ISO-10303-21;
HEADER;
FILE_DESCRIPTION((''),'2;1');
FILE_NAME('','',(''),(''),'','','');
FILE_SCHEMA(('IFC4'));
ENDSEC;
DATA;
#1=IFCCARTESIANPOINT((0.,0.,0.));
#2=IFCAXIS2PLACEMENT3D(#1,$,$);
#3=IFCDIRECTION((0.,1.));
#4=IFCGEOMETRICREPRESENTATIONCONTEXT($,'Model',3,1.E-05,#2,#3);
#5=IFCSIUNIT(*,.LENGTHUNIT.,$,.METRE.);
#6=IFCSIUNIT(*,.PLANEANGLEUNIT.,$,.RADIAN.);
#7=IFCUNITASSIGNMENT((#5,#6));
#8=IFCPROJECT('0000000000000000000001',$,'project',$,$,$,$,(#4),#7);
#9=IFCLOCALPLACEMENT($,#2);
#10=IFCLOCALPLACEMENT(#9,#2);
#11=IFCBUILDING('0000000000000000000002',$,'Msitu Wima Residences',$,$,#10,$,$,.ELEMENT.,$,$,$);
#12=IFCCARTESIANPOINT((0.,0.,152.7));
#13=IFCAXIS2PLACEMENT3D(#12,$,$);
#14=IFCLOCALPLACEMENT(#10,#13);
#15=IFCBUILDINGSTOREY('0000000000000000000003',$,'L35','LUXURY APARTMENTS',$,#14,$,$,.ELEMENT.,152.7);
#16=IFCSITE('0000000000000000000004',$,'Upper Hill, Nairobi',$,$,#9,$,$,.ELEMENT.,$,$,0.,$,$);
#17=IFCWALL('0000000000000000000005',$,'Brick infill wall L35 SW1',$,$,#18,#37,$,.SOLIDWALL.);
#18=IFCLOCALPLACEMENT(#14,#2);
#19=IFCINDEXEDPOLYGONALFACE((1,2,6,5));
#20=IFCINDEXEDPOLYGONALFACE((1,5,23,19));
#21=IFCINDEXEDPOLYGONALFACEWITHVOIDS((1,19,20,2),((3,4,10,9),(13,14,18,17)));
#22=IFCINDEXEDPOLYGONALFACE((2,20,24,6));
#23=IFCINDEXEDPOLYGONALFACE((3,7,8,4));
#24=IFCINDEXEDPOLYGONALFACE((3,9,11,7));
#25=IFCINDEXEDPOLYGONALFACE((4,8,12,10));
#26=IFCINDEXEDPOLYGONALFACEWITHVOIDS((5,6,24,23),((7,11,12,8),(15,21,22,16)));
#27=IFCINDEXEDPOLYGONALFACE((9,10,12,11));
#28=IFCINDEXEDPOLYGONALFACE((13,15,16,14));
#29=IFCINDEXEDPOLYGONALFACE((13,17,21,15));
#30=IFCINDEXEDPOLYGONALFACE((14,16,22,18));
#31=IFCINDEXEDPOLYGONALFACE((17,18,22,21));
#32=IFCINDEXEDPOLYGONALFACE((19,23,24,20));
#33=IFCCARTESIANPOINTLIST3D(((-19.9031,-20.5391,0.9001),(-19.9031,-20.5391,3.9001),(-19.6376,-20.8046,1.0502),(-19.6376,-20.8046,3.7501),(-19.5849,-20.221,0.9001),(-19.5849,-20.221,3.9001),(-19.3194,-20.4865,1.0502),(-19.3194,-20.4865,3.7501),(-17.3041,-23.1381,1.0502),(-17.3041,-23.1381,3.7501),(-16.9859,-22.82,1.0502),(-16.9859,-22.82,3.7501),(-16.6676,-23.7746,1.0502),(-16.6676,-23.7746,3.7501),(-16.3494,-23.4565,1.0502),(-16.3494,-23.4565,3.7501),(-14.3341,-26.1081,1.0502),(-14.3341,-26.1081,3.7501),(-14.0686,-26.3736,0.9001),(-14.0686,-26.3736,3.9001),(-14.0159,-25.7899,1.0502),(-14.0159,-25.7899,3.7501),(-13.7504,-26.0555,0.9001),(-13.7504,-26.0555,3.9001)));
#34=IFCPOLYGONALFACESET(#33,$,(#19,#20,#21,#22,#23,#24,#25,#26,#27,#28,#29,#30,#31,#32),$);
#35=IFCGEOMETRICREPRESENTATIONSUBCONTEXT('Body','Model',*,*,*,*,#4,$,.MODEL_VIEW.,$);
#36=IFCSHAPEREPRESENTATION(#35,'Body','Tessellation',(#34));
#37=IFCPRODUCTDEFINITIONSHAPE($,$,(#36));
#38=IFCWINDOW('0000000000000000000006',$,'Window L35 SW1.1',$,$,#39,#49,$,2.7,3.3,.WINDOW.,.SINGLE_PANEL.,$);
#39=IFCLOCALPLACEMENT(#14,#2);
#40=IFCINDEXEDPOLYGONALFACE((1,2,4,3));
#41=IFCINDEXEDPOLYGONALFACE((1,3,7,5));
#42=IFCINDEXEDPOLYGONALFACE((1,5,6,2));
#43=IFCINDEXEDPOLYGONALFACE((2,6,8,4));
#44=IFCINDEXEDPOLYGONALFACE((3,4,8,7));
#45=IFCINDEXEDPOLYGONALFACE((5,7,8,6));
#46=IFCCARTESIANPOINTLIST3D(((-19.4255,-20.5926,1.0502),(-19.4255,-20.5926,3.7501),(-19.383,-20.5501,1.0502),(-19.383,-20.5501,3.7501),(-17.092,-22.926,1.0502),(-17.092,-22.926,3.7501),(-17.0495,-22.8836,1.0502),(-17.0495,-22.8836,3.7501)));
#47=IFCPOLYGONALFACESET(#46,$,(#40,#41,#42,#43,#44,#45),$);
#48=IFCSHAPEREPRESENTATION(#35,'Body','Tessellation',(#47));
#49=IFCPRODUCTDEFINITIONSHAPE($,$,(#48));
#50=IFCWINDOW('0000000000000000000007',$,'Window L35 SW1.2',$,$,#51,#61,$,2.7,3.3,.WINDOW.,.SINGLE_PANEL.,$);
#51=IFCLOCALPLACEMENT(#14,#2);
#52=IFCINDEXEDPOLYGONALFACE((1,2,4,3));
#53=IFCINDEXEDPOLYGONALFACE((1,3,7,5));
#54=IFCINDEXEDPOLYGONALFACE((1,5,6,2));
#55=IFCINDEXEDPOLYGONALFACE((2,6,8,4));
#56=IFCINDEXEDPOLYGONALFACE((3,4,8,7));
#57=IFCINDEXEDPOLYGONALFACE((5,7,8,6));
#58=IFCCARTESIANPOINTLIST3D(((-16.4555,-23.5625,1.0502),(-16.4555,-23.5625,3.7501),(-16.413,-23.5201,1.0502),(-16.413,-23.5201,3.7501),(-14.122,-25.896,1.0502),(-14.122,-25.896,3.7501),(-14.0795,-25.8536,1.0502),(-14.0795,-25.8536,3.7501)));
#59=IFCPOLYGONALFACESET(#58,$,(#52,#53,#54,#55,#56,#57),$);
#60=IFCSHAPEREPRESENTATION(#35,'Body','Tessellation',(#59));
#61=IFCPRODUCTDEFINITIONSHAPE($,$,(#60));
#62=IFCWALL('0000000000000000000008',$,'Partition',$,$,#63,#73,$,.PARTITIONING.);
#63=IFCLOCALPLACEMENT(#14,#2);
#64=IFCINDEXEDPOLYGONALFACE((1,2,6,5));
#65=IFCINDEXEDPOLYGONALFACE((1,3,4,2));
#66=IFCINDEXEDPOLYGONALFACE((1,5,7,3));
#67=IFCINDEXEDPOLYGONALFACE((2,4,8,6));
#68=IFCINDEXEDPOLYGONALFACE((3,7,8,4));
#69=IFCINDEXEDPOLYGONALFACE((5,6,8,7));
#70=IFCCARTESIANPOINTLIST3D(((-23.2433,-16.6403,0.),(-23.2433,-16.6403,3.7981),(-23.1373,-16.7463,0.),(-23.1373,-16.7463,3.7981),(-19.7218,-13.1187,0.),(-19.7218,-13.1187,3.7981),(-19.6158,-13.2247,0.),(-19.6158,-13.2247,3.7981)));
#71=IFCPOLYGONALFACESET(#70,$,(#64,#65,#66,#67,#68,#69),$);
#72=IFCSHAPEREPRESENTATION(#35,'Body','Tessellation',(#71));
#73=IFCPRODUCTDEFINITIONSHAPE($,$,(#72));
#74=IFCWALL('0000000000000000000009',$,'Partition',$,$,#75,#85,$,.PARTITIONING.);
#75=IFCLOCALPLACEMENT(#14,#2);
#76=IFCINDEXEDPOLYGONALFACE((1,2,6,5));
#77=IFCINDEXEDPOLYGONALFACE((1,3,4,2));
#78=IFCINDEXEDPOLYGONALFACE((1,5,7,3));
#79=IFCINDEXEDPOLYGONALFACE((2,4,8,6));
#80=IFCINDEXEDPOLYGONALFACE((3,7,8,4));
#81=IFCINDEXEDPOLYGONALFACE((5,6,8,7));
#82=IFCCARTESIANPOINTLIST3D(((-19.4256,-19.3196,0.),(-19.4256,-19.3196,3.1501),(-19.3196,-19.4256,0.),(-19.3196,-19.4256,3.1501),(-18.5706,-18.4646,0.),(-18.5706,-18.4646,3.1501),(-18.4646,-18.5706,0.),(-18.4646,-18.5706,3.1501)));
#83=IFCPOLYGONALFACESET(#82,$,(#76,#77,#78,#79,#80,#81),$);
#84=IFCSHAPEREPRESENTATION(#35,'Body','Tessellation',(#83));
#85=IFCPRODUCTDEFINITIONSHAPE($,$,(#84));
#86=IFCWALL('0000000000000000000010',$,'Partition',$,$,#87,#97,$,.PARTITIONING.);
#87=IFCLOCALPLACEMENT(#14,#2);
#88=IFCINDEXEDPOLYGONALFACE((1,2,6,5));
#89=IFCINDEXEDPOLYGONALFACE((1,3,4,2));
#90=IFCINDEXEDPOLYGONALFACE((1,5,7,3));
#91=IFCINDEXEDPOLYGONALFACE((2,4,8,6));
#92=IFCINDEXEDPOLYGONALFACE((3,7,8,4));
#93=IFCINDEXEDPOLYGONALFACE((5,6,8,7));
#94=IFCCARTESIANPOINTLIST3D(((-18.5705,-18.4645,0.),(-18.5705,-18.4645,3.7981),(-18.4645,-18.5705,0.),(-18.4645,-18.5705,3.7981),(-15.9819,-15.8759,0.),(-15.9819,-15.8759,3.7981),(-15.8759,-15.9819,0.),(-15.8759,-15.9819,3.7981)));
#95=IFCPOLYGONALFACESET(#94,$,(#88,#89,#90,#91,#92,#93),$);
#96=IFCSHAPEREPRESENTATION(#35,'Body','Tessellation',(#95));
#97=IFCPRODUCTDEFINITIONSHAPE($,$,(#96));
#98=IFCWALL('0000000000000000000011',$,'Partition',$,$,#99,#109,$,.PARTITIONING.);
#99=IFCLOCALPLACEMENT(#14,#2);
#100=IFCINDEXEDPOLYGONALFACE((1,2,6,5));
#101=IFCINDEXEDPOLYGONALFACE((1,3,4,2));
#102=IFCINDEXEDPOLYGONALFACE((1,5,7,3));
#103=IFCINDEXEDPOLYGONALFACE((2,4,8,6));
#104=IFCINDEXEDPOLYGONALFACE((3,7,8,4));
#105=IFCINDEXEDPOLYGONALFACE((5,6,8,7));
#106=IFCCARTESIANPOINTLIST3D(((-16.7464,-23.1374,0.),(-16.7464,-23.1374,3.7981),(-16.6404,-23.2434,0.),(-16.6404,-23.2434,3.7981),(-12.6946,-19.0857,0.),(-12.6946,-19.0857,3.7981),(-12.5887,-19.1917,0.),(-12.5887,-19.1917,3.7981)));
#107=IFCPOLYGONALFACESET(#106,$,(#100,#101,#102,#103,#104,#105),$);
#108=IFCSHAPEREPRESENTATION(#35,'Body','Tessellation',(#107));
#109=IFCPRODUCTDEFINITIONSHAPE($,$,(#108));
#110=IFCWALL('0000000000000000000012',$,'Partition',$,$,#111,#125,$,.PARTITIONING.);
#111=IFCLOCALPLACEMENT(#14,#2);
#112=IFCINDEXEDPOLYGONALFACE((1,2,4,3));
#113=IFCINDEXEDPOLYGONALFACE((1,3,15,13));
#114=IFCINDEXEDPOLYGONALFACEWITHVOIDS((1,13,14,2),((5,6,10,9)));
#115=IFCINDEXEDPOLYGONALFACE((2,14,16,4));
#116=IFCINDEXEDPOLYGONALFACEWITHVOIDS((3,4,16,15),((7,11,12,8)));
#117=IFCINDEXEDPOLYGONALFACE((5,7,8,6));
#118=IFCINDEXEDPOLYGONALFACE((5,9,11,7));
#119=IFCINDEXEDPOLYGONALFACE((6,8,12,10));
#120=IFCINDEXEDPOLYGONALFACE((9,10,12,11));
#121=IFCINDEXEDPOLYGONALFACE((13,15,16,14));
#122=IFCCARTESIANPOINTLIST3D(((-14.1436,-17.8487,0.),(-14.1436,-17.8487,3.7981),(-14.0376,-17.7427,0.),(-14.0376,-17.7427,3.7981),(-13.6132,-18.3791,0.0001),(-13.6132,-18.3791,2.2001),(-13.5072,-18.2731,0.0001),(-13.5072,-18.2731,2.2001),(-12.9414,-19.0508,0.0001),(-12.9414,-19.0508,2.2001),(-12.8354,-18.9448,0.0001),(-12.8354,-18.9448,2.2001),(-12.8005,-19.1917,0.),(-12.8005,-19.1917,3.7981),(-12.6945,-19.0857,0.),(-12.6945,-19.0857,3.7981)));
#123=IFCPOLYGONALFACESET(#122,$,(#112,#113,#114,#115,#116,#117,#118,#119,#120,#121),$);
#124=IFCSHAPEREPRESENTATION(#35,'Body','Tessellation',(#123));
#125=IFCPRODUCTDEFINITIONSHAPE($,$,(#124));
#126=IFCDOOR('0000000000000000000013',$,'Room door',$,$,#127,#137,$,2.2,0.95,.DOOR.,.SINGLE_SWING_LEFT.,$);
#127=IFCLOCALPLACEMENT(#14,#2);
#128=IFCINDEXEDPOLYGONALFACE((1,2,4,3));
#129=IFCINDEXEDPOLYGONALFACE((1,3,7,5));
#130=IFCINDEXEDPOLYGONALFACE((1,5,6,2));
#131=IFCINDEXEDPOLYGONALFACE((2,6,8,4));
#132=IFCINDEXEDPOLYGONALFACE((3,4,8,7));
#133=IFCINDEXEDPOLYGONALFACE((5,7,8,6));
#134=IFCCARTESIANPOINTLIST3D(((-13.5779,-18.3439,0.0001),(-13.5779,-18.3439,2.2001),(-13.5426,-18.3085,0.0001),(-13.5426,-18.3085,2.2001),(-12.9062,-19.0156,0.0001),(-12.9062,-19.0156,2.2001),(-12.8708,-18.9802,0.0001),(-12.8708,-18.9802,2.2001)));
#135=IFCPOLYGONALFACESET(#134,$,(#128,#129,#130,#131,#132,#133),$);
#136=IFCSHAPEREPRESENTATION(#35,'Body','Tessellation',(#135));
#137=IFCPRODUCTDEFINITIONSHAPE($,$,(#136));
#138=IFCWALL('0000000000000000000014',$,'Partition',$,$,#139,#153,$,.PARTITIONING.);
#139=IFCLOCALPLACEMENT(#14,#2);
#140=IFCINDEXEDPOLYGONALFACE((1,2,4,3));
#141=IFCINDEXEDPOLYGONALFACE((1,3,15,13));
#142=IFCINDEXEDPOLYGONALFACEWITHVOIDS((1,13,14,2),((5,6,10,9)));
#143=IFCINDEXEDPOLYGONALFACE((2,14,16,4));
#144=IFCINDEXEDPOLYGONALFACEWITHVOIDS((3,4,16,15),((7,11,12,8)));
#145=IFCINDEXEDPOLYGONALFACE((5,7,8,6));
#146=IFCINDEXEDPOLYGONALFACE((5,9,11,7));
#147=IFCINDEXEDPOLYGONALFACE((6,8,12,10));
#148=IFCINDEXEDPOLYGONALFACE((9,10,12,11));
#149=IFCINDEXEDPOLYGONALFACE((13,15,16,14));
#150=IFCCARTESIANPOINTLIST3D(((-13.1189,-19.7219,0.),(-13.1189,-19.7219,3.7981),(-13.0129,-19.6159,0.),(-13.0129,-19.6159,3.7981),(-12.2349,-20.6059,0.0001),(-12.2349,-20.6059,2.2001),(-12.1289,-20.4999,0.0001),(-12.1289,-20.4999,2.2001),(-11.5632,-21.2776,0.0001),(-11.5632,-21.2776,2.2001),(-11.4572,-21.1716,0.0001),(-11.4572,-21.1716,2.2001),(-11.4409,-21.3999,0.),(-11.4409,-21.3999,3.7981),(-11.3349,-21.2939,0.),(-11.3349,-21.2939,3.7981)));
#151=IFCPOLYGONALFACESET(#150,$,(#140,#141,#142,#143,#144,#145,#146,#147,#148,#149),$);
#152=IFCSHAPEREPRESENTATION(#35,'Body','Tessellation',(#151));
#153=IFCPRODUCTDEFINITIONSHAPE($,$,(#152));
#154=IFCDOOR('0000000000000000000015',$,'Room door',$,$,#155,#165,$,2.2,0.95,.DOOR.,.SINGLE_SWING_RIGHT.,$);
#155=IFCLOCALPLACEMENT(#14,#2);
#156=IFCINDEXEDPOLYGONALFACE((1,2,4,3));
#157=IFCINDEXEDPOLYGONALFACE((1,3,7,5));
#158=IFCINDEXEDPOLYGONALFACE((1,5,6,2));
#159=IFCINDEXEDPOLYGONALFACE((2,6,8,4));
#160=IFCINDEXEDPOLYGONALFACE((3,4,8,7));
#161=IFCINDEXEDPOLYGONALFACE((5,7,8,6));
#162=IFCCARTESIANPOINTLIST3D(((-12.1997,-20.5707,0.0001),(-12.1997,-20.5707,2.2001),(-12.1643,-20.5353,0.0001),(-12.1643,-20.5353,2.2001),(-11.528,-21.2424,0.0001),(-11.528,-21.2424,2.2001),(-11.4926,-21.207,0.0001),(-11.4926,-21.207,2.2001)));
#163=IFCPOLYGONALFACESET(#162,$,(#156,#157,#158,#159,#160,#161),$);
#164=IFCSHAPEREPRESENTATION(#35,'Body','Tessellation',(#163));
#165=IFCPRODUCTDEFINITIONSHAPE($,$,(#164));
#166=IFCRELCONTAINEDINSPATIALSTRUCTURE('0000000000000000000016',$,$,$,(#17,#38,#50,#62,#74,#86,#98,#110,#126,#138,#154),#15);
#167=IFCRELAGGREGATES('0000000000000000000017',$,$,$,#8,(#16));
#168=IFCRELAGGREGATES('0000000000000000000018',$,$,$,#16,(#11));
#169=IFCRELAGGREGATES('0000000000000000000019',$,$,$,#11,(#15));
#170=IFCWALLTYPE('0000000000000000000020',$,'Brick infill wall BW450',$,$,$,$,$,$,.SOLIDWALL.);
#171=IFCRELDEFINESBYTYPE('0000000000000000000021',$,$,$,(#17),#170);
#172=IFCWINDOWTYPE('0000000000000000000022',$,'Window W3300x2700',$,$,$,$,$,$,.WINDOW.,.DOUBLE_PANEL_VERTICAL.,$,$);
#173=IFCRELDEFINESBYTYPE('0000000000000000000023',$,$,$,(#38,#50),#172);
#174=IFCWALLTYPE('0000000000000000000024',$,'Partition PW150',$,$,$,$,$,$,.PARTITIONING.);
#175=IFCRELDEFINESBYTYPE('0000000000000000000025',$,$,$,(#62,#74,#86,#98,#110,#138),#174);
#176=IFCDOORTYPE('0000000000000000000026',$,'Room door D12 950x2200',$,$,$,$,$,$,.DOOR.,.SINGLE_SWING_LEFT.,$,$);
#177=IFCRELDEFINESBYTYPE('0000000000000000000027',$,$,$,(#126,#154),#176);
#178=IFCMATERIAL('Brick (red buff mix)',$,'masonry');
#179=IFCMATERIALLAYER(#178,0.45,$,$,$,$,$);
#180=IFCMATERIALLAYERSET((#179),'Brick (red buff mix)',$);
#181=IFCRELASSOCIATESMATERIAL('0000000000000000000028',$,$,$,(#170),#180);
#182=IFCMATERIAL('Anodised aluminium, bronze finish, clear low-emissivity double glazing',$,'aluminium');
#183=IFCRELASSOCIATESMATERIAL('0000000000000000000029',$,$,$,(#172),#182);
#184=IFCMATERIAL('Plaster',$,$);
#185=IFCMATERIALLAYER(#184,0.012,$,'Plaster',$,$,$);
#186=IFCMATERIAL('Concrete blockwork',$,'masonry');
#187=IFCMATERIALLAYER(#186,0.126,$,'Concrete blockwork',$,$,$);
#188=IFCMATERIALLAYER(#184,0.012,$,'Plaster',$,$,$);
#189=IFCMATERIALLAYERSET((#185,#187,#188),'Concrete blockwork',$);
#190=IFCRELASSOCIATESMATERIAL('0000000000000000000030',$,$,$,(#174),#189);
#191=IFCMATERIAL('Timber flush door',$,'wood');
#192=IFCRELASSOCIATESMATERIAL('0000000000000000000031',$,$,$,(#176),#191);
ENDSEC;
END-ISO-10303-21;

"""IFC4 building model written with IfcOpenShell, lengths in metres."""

from ifc_helpers import new_model, si_unit, direction, frame, frame_2d, origin, place, context, subcontext, project, spatial, rectangle, extrude, material, layer, layer_set, type_object, element, fill, save


model = new_model("IFC4")

# Units and contexts
model_context = context("Model", 3, precision=1e-05, world=origin(), true_north=direction((0.0, 1.0)))
body_context = subcontext(model_context, "Body", "Model", "MODEL_VIEW")
ifc_project = project(units=[si_unit("LENGTHUNIT", "METRE"), si_unit("PLANEANGLEUNIT", "RADIAN")], contexts=[model_context])

# Site, building, storey
site_placement = place(None, origin())
site = spatial("IfcSite", under=ifc_project, at=site_placement, Name="Upper Hill, Nairobi", CompositionType="ELEMENT", RefElevation=0.0)
building_placement = place(site_placement, origin())
building = spatial("IfcBuilding", under=site, at=building_placement, Name="Msitu Wima Residences", CompositionType="ELEMENT")
storey_placement = place(building_placement, frame((0.0, 0.0, 152.7)))
storey = spatial("IfcBuildingStorey", under=building, at=storey_placement, Name="L35", Description="LUXURY APARTMENTS", CompositionType="ELEMENT", Elevation=152.7)

# Wall, openings, windows
ifc_material_1 = material(Name="Brick (red buff mix)", Category="masonry")
ifc_layer_1 = layer(ifc_material_1, 0.45)
ifc_layer_set_1 = layer_set([ifc_layer_1], Name="Brick (red buff mix)")
wall_type_1 = type_object("IfcWallType", Name="Brick infill wall BW450", PredefinedType="SOLIDWALL", material=ifc_layer_set_1)
wall_1_placement = place(storey_placement, frame((-19.7439, -20.3801, 0.9001), z_axis=(0.0, 0.0, 1.0), x_axis=(0.707107, -0.707107, 0.0)))
wall_1 = element("IfcWall", 1, at=wall_1_placement, inside=storey, type_object=wall_type_1, Name="Brick infill wall L35 SW1", PredefinedType="SOLIDWALL", context=body_context, shape_type="SweptSolid", body=[
    extrude(rectangle(XDim=8.2512, YDim=0.45, at=frame_2d((4.1255, 0.0))), origin(), (0.0, 0.0, 1.0), 3.0),
])
opening_1_placement = place(wall_1_placement, frame((0.3755, 0.0, 0.1499)))
opening_1 = element("IfcOpeningElement", 2, at=opening_1_placement, cuts=wall_1, PredefinedType="OPENING", context=body_context, shape_type="SweptSolid", body=[
    extrude(rectangle(XDim=3.3, YDim=2.7, at=frame_2d((1.6499, 1.3501))), frame((0.0, 0.2349, 0.0), z_axis=(0.0, -1.0, 0.0), x_axis=(1.0, 0.0, 0.0)), (0.0, 0.0, 1.0), 0.47),
])
opening_2_placement = place(wall_1_placement, frame((4.5757, 0.0, 0.1499)))
opening_2 = element("IfcOpeningElement", 3, at=opening_2_placement, cuts=wall_1, PredefinedType="OPENING", context=body_context, shape_type="SweptSolid", body=[
    extrude(rectangle(XDim=3.3, YDim=2.7, at=frame_2d((1.6499, 1.3501))), frame((0.0, 0.2349, 0.0), z_axis=(0.0, -1.0, 0.0), x_axis=(1.0, 0.0, 0.0)), (0.0, 0.0, 1.0), 0.47),
])
ifc_material_2 = material(Name="Anodised aluminium, bronze finish, clear low-emissivity double glazing", Category="aluminium")
window_type = type_object("IfcWindowType", Name="Window W3300x2700", PartitioningType="DOUBLE_PANEL_VERTICAL", PredefinedType="WINDOW", material=ifc_material_2)
window_1_placement = place(opening_1_placement, origin())
window_1 = element("IfcWindow", 4, at=window_1_placement, inside=storey, type_object=window_type, Name="Window L35 SW1.1", OverallHeight=2.7, OverallWidth=3.3, PartitioningType="SINGLE_PANEL", PredefinedType="WINDOW", context=body_context, shape_type="SweptSolid", body=[
    extrude(rectangle(XDim=3.3, YDim=2.7, at=frame_2d((1.6499, 1.3501))), frame((0.0, 0.135, 0.0), z_axis=(0.0, -1.0, 0.0), x_axis=(1.0, 0.0, 0.0)), (0.0, 0.0, 1.0), 0.0601),
])
fill(opening_1, window_1)
window_2_placement = place(opening_2_placement, origin())
window_2 = element("IfcWindow", 5, at=window_2_placement, inside=storey, type_object=window_type, Name="Window L35 SW1.2", OverallHeight=2.7, OverallWidth=3.3, PartitioningType="SINGLE_PANEL", PredefinedType="WINDOW", context=body_context, shape_type="SweptSolid", body=[
    extrude(rectangle(XDim=3.3, YDim=2.7, at=frame_2d((1.6499, 1.3501))), frame((0.0, 0.135, 0.0), z_axis=(0.0, -1.0, 0.0), x_axis=(1.0, 0.0, 0.0)), (0.0, 0.0, 1.0), 0.0601),
])
fill(opening_2, window_2)

# Walls
ifc_material_3 = material(Name="Plaster")
ifc_layer_2 = layer(ifc_material_3, 0.012, Name="Plaster")
ifc_material_4 = material(Name="Concrete blockwork", Category="masonry")
ifc_layer_3 = layer(ifc_material_4, 0.126, Name="Concrete blockwork")
ifc_layer_4 = layer(ifc_material_3, 0.012, Name="Plaster")
ifc_layer_set_2 = layer_set([ifc_layer_2, ifc_layer_3, ifc_layer_4], Name="Concrete blockwork")
wall_type_2 = type_object("IfcWallType", Name="Partition PW150", PredefinedType="PARTITIONING", material=ifc_layer_set_2)
wall_2_placement = place(storey_placement, frame((-23.1904, -16.6934, 0.0), z_axis=(0.0, 0.0, 1.0), x_axis=(0.707107, 0.707107, 0.0)))
element("IfcWall", 6, at=wall_2_placement, inside=storey, type_object=wall_type_2, Name="Partition", PredefinedType="PARTITIONING", context=body_context, shape_type="SweptSolid", body=[
    extrude(rectangle(XDim=4.9802, YDim=0.1499, at=frame_2d((2.4902, 0.0))), origin(), (0.0, 0.0, 1.0), 3.7981),
])
wall_3_placement = place(storey_placement, frame((-19.3726, -19.3726, 0.0), z_axis=(0.0, 0.0, 1.0), x_axis=(0.707107, 0.707107, 0.0)))
element("IfcWall", 7, at=wall_3_placement, inside=storey, type_object=wall_type_2, Name="Partition", PredefinedType="PARTITIONING", context=body_context, shape_type="SweptSolid", body=[
    extrude(rectangle(XDim=1.2092, YDim=0.1499, at=frame_2d((0.6045, 0.0))), origin(), (0.0, 0.0, 1.0), 3.1501),
])
wall_4_placement = place(storey_placement, frame((-18.5176, -18.5176, 0.0), z_axis=(0.0, 0.0, 1.0), x_axis=(0.707107, 0.707107, 0.0)))
element("IfcWall", 8, at=wall_4_placement, inside=storey, type_object=wall_type_2, Name="Partition", PredefinedType="PARTITIONING", context=body_context, shape_type="SweptSolid", body=[
    extrude(rectangle(XDim=3.6609, YDim=0.1499, at=frame_2d((1.8306, 0.0))), origin(), (0.0, 0.0, 1.0), 3.7981),
])
wall_5_placement = place(storey_placement, frame((-16.6934, -23.1904, 0.0), z_axis=(0.0, 0.0, 1.0), x_axis=(0.707107, 0.707107, 0.0)))
element("IfcWall", 9, at=wall_5_placement, inside=storey, type_object=wall_type_2, Name="Partition", PredefinedType="PARTITIONING", context=body_context, shape_type="SweptSolid", body=[
    extrude(rectangle(XDim=5.73, YDim=0.1499, at=frame_2d((2.865, 0.0))), origin(), (0.0, 0.0, 1.0), 3.7981),
])

# Walls, openings, doors
wall_6_placement = place(storey_placement, frame((-14.0906, -17.7957, 0.0), z_axis=(0.0, 0.0, 1.0), x_axis=(0.707107, -0.707107, 0.0)))
wall_6 = element("IfcWall", 10, at=wall_6_placement, inside=storey, type_object=wall_type_2, Name="Partition", PredefinedType="PARTITIONING", context=body_context, shape_type="SweptSolid", body=[
    extrude(rectangle(XDim=1.8994, YDim=0.1499, at=frame_2d((0.9497, 0.0))), origin(), (0.0, 0.0, 1.0), 3.7981),
])
opening_3_placement = place(wall_6_placement, frame((0.75, 0.0, 0.0)))
opening_3 = element("IfcOpeningElement", 11, at=opening_3_placement, cuts=wall_6, PredefinedType="OPENING", context=body_context, shape_type="SweptSolid", body=[
    extrude(rectangle(XDim=0.95, YDim=2.2, at=frame_2d((0.4751, 1.1001))), frame((0.0, 0.085, 0.0), z_axis=(0.0, -1.0, 0.0), x_axis=(1.0, 0.0, 0.0)), (0.0, 0.0, 1.0), 0.1699),
])
ifc_material_5 = material(Name="Timber flush door", Category="wood")
door_type_1 = type_object("IfcDoorType", Name="Room door D12 950x2200", OperationType="SINGLE_SWING_LEFT", PredefinedType="DOOR", material=ifc_material_5)
door_1_placement = place(opening_3_placement, origin())
door_1 = element("IfcDoor", 12, at=door_1_placement, inside=storey, type_object=door_type_1, Name="Room door", OperationType="SINGLE_SWING_LEFT", OverallHeight=2.2, OverallWidth=0.95, PredefinedType="DOOR", context=body_context, shape_type="SweptSolid", body=[
    extrude(rectangle(XDim=0.95, YDim=2.2, at=frame_2d((0.4751, 1.1001))), frame((0.0, 0.0249, 0.0), z_axis=(0.0, -1.0, 0.0), x_axis=(1.0, 0.0, 0.0)), (0.0, 0.0, 1.0), 0.05),
])
fill(opening_3, door_1)
wall_7_placement = place(storey_placement, frame((-13.0659, -19.6689, 0.0), z_axis=(0.0, 0.0, 1.0), x_axis=(0.707107, -0.707107, 0.0)))
wall_7 = element("IfcWall", 13, at=wall_7_placement, inside=storey, type_object=wall_type_2, Name="Partition", PredefinedType="PARTITIONING", context=body_context, shape_type="SweptSolid", body=[
    extrude(rectangle(XDim=2.373, YDim=0.1499, at=frame_2d((1.1865, 0.0))), origin(), (0.0, 0.0, 1.0), 3.7981),
])
opening_4_placement = place(wall_7_placement, frame((1.25, 0.0, 0.0)))
opening_4 = element("IfcOpeningElement", 14, at=opening_4_placement, cuts=wall_7, PredefinedType="OPENING", context=body_context, shape_type="SweptSolid", body=[
    extrude(rectangle(XDim=0.95, YDim=2.2, at=frame_2d((0.4751, 1.1001))), frame((0.0, 0.085, 0.0), z_axis=(0.0, -1.0, 0.0), x_axis=(1.0, 0.0, 0.0)), (0.0, 0.0, 1.0), 0.1699),
])
door_2_placement = place(opening_4_placement, origin())
door_2 = element("IfcDoor", 15, at=door_2_placement, inside=storey, type_object=door_type_1, Name="Room door", OperationType="SINGLE_SWING_RIGHT", OverallHeight=2.2, OverallWidth=0.95, PredefinedType="DOOR", context=body_context, shape_type="SweptSolid", body=[
    extrude(rectangle(XDim=0.95, YDim=2.2, at=frame_2d((0.4751, 1.1001))), frame((0.0, 0.0249, 0.0), z_axis=(0.0, -1.0, 0.0), x_axis=(1.0, 0.0, 0.0)), (0.0, 0.0, 1.0), 0.05),
])
fill(opening_4, door_2)

save(model, "model.ifc")
